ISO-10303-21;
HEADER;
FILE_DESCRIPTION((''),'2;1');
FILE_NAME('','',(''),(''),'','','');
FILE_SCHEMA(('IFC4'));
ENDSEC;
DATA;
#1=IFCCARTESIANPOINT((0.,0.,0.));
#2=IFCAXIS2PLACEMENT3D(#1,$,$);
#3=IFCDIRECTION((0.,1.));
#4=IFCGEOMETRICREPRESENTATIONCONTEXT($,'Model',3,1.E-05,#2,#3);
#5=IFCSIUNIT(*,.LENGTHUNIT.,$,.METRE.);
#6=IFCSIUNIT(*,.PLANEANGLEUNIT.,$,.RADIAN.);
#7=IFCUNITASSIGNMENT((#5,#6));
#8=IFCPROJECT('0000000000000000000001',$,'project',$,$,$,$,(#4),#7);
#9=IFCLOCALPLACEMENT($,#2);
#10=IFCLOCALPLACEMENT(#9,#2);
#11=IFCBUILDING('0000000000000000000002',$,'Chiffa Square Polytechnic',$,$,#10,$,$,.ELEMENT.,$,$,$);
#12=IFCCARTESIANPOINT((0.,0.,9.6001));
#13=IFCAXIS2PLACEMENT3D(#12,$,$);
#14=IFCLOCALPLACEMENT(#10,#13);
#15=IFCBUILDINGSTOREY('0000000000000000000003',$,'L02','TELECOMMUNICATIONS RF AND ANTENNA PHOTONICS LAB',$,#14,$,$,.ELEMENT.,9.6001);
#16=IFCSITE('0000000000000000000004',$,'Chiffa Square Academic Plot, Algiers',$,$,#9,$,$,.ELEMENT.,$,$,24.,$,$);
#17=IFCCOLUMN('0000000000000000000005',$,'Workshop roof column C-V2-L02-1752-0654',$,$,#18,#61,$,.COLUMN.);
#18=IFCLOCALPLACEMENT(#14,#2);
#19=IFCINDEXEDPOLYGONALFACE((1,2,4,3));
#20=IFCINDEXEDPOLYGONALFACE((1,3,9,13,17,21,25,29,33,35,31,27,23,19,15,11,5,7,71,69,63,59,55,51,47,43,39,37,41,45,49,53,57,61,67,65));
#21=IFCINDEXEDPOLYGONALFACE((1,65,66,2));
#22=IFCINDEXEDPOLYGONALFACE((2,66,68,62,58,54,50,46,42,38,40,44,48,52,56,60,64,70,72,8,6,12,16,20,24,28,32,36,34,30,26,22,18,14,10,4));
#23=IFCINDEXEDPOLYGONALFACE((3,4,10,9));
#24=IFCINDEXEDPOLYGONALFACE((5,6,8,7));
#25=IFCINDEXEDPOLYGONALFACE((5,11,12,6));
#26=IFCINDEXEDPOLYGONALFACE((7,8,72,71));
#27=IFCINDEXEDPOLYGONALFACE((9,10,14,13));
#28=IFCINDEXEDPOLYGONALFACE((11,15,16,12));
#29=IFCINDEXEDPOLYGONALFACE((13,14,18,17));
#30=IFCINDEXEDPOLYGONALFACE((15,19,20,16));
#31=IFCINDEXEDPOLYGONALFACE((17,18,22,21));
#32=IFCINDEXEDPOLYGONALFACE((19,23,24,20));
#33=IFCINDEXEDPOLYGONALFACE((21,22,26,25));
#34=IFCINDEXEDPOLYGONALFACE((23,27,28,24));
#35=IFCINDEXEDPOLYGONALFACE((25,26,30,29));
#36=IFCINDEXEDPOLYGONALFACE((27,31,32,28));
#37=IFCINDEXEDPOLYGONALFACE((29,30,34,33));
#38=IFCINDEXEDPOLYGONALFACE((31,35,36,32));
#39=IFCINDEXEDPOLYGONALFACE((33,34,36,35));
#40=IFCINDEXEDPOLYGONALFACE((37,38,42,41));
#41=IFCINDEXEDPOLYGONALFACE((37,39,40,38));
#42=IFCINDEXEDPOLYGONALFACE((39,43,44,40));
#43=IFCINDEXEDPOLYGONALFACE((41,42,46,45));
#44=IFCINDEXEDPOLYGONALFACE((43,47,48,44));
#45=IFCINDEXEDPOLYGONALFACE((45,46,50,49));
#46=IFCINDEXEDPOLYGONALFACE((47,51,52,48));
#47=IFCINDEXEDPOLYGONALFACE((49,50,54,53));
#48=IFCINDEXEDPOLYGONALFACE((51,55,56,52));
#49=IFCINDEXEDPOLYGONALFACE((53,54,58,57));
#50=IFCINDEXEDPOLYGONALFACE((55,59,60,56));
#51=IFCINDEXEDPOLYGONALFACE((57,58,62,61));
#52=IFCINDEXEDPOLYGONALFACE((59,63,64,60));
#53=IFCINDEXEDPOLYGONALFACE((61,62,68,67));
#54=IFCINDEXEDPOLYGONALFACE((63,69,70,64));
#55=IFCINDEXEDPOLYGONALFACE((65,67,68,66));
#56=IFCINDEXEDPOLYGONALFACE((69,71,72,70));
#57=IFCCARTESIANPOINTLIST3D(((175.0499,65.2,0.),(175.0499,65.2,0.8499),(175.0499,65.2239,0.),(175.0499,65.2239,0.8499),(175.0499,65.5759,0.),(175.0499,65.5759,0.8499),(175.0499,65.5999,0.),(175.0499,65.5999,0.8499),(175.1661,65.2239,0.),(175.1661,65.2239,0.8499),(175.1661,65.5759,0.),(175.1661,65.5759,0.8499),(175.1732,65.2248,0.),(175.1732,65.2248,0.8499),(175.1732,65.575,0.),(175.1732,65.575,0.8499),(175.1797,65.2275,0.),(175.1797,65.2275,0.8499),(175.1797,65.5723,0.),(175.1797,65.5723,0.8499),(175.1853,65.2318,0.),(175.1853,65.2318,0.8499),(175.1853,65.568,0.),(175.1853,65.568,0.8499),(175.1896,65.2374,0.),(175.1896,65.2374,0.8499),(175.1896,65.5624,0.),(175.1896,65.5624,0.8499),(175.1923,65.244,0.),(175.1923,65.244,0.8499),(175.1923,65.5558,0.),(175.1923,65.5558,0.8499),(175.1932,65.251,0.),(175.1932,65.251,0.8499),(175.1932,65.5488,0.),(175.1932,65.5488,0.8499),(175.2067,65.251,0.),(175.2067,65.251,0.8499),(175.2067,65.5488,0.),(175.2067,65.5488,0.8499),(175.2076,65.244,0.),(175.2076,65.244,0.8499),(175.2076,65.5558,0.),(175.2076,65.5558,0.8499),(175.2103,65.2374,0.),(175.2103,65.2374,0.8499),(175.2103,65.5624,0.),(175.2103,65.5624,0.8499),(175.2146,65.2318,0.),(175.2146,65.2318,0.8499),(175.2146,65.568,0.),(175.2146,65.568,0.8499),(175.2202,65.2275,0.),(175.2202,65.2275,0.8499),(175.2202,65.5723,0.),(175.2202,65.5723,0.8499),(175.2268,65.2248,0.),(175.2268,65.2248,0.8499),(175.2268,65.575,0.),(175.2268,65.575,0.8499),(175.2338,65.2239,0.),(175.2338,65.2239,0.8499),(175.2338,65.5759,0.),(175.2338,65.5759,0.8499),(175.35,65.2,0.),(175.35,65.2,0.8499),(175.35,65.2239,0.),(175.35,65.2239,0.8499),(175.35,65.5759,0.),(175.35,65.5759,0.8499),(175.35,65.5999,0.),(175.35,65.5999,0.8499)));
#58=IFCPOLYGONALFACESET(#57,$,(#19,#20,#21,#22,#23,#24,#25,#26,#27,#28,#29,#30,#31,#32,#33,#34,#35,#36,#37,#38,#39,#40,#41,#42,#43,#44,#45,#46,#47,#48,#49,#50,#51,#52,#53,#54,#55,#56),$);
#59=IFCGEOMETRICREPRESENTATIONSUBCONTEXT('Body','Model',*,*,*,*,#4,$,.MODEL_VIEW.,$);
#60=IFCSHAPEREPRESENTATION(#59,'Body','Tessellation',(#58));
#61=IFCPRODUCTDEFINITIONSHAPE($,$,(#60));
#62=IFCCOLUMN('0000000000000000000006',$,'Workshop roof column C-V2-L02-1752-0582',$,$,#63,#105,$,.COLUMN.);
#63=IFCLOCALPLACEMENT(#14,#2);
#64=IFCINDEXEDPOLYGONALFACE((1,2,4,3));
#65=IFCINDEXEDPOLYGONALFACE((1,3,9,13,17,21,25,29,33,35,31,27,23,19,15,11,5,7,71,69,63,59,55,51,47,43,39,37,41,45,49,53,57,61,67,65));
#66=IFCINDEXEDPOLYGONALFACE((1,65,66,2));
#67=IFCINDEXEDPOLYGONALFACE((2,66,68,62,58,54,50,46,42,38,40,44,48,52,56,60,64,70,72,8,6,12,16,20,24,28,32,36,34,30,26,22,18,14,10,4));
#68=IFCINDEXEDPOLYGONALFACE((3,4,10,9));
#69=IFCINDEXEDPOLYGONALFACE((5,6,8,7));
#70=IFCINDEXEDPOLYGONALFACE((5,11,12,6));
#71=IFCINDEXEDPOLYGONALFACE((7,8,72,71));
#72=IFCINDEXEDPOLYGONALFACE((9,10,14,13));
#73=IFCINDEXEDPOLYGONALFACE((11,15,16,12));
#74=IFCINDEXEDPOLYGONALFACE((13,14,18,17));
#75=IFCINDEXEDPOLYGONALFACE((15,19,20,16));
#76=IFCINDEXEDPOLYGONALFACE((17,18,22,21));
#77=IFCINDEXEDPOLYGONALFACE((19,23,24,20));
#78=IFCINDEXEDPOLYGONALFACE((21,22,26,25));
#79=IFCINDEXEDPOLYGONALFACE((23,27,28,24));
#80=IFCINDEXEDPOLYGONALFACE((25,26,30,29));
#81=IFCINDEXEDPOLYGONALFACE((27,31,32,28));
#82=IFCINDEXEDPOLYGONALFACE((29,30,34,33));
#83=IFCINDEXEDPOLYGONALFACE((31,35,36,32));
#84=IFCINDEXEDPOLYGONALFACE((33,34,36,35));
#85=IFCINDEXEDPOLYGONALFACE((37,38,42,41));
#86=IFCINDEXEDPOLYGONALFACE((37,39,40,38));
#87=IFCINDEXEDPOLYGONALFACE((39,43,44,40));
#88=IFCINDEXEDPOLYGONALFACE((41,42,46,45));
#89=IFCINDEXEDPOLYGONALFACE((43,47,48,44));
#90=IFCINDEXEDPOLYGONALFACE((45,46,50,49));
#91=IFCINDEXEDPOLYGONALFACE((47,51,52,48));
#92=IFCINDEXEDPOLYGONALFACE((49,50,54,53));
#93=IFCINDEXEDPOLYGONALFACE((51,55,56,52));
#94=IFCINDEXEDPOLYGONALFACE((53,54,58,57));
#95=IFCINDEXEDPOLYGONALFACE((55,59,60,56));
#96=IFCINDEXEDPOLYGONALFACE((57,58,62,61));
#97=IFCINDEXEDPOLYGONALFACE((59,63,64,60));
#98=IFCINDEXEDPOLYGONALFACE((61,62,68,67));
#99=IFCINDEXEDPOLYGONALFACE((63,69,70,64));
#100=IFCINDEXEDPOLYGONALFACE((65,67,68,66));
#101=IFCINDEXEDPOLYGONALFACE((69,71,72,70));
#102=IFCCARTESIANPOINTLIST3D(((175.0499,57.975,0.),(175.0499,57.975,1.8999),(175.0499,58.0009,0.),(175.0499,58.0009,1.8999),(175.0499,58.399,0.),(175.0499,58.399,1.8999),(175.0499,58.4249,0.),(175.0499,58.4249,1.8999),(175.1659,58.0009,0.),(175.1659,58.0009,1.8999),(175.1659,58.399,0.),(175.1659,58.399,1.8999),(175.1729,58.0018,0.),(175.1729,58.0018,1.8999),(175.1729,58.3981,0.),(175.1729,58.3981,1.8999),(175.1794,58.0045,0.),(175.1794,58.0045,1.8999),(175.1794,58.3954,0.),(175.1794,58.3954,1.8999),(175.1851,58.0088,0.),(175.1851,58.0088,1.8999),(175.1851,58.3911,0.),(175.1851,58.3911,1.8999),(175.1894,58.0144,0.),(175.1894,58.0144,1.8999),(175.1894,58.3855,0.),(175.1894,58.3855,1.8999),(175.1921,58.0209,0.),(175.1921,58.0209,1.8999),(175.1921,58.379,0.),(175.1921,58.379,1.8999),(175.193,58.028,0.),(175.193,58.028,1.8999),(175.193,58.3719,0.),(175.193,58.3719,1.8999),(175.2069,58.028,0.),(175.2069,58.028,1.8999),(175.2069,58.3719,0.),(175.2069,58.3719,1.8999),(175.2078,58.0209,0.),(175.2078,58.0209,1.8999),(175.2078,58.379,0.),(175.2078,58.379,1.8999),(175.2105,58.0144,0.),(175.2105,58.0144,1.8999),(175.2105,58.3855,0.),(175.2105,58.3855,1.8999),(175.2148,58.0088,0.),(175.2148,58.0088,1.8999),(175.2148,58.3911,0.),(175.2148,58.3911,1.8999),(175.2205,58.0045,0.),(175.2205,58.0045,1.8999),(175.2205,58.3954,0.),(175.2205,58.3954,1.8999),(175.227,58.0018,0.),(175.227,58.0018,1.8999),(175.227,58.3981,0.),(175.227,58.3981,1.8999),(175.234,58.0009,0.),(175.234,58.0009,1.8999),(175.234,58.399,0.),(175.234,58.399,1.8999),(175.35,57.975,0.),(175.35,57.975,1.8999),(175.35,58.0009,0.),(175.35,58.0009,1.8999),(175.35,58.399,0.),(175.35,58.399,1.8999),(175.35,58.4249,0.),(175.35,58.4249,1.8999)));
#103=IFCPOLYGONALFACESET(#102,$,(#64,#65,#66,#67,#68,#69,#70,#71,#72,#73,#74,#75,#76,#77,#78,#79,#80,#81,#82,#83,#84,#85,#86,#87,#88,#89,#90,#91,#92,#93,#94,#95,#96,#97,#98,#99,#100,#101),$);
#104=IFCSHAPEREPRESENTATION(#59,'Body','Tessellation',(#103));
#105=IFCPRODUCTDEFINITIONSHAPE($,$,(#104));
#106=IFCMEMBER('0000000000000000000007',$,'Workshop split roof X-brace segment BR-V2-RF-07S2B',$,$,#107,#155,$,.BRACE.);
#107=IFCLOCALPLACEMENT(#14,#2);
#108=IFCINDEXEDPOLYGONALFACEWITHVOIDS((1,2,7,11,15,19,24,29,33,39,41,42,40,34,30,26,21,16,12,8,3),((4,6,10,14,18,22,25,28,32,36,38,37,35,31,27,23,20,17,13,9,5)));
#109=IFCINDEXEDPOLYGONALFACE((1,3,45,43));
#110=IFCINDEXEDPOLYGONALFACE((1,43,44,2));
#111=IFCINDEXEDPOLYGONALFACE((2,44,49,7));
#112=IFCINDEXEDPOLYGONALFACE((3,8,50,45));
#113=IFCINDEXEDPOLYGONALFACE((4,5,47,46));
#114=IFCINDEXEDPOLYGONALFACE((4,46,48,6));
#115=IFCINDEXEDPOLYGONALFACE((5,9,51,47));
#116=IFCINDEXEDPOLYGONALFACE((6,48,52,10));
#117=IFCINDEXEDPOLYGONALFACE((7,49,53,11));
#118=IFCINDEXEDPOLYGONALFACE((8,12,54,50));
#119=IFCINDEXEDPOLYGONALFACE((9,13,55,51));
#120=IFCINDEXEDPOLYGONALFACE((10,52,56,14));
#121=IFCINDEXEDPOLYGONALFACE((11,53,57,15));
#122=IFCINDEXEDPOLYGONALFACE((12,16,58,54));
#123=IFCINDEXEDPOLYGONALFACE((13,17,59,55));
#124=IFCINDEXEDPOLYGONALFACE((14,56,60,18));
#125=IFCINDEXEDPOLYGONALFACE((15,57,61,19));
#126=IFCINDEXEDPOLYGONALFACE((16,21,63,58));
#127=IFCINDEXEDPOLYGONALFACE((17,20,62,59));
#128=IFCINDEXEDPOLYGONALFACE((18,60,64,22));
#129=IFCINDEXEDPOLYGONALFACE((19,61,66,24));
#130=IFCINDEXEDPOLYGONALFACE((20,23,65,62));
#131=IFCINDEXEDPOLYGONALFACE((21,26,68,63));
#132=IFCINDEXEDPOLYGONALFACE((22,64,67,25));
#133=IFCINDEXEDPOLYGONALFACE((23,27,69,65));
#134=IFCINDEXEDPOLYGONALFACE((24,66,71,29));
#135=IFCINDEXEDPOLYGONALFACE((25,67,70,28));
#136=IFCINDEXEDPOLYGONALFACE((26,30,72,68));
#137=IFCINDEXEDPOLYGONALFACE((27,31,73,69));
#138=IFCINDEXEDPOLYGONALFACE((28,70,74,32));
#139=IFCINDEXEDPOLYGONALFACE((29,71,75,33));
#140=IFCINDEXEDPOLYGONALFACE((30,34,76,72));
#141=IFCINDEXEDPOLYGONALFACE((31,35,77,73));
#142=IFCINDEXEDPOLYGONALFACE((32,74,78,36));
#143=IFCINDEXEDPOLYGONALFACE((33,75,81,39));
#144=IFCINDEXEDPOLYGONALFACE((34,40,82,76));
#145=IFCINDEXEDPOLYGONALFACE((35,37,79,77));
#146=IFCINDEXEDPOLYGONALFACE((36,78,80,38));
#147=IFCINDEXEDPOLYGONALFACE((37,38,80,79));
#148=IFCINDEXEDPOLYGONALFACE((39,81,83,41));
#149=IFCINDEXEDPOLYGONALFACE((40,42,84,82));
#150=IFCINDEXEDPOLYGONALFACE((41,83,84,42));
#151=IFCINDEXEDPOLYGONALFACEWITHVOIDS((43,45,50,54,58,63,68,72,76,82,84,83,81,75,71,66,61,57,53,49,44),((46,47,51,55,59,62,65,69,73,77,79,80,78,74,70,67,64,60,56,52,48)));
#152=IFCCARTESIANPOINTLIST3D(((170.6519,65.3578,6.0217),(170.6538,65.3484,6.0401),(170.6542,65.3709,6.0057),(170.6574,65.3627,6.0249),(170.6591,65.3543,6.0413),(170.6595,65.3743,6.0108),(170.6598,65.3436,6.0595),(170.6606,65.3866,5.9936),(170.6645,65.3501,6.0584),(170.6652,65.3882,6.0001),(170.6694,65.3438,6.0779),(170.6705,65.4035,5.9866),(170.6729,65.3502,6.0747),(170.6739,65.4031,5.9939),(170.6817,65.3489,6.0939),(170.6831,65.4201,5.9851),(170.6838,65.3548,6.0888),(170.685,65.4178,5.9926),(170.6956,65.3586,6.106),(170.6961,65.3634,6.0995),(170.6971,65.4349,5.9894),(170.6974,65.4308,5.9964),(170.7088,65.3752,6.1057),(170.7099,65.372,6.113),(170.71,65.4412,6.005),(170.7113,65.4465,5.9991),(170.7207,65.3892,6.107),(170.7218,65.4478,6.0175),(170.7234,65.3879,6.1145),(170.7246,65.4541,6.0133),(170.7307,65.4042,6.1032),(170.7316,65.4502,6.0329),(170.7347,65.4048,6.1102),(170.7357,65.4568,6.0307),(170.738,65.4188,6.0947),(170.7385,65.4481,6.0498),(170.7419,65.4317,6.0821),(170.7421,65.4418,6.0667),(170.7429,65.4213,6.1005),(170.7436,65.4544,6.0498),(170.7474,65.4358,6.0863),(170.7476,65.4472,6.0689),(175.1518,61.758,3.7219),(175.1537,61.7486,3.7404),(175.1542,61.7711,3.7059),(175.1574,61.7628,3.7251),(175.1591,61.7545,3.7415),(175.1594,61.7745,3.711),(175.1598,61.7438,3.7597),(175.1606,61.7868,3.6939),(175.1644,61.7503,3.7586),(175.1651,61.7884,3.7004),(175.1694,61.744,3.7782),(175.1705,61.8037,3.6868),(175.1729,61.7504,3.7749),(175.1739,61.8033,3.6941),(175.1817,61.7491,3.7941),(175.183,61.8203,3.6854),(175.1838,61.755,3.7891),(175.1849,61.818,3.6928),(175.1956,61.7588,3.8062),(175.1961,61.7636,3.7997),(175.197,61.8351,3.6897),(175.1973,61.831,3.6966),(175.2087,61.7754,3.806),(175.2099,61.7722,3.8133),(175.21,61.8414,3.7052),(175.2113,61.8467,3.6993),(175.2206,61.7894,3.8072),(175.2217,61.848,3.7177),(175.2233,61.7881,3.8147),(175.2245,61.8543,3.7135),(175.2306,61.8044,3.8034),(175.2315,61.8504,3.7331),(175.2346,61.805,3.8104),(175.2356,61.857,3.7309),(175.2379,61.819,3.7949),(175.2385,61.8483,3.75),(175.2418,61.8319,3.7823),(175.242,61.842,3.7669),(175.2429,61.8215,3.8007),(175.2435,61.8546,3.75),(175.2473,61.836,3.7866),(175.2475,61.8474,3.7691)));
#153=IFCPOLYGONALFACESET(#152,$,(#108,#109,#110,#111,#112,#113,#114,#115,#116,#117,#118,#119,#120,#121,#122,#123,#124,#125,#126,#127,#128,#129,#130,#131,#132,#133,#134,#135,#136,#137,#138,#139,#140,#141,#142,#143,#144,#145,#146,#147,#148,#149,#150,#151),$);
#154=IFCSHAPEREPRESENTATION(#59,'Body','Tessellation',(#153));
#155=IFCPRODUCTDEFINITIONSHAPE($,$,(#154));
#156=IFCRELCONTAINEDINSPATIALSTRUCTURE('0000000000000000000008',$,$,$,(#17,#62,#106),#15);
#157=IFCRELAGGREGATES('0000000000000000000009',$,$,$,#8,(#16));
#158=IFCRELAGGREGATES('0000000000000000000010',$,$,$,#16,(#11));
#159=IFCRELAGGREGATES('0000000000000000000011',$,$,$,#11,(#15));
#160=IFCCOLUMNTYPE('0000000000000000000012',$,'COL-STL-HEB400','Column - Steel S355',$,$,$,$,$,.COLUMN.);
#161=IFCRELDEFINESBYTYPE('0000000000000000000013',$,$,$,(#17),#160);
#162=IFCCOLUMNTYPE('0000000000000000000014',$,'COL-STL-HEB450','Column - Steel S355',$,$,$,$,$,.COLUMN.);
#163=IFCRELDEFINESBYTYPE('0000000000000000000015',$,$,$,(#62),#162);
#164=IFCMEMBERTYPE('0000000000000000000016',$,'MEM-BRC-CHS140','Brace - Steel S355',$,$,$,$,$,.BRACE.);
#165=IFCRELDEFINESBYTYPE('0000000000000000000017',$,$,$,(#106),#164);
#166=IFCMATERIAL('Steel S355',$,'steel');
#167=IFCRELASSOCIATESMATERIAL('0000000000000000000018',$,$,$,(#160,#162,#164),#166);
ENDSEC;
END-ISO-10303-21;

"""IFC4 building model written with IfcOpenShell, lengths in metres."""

from ifc_helpers import new_model, si_unit, direction, frame, origin, origin_2d, place, context, subcontext, project, spatial, hollow_circle, i_section, extrude, material, material_profile, profile_set, type_object, element, save


model = new_model("IFC4")

# Units and contexts
model_context = context("Model", 3, precision=1e-05, world=origin(), true_north=direction((0.0, 1.0)))
body_context = subcontext(model_context, "Body", "Model", "MODEL_VIEW")
ifc_project = project(units=[si_unit("LENGTHUNIT", "METRE"), si_unit("PLANEANGLEUNIT", "RADIAN")], contexts=[model_context])

# Site, building, storey
site_placement = place(None, origin())
site = spatial("IfcSite", under=ifc_project, at=site_placement, Name="Chiffa Square Academic Plot, Algiers", CompositionType="ELEMENT", RefElevation=24.0)
building_placement = place(site_placement, origin())
building = spatial("IfcBuilding", under=site, at=building_placement, Name="Chiffa Square Polytechnic", CompositionType="ELEMENT")
storey_placement = place(building_placement, frame((0.0, 0.0, 9.6001)))
storey = spatial("IfcBuildingStorey", under=building, at=storey_placement, Name="L02", Description="TELECOMMUNICATIONS RF AND ANTENNA PHOTONICS LAB", CompositionType="ELEMENT", Elevation=9.6001)

# Columns
ifc_material_1 = material(Name="Steel S355", Category="steel")
ifc_material_profile_1 = material_profile(ifc_material_1, i_section(OverallWidth=0.3, OverallDepth=0.3999, WebThickness=0.0134, FlangeThickness=0.0239, FilletRadius=0.0271, at=origin_2d()), Name="HEB 400")
ifc_profile_set_1 = profile_set([ifc_material_profile_1], Name="Steel S355")
column_type_1 = type_object("IfcColumnType", Name="COL-STL-HEB400", Description="Column - Steel S355", PredefinedType="COLUMN", material=ifc_profile_set_1)
column_1_placement = place(storey_placement, frame((175.2, 65.3999, 0.0), z_axis=(0.0, 0.0, 1.0), x_axis=(1.0, 0.0, 0.0)))
element("IfcColumn", 1, at=column_1_placement, inside=storey, type_object=column_type_1, Name="Workshop roof column C-V2-L02-1752-0654", PredefinedType="COLUMN", context=body_context, shape_type="SweptSolid", body=[
    extrude(i_section(OverallWidth=0.3, OverallDepth=0.3999, WebThickness=0.0134, FlangeThickness=0.0239, FilletRadius=0.0271, at=origin_2d()), origin(), (0.0, 0.0, 1.0), 0.8499),
])
ifc_material_profile_2 = material_profile(ifc_material_1, i_section(OverallWidth=0.3, OverallDepth=0.45, WebThickness=0.0139, FlangeThickness=0.0259, FilletRadius=0.0271, at=origin_2d()), Name="HEB 450")
ifc_profile_set_2 = profile_set([ifc_material_profile_2], Name="Steel S355")
column_type_2 = type_object("IfcColumnType", Name="COL-STL-HEB450", Description="Column - Steel S355", PredefinedType="COLUMN", material=ifc_profile_set_2)
column_2_placement = place(storey_placement, frame((175.2, 58.2, 0.0), z_axis=(0.0, 0.0, 1.0), x_axis=(1.0, 0.0, 0.0)))
element("IfcColumn", 2, at=column_2_placement, inside=storey, type_object=column_type_2, Name="Workshop roof column C-V2-L02-1752-0582", PredefinedType="COLUMN", context=body_context, shape_type="SweptSolid", body=[
    extrude(i_section(OverallWidth=0.3, OverallDepth=0.45, WebThickness=0.0139, FlangeThickness=0.0259, FilletRadius=0.0271, at=origin_2d()), origin(), (0.0, 0.0, 1.0), 1.8999),
])

# Member
ifc_material_profile_3 = material_profile(ifc_material_1, hollow_circle(Radius=0.0698, WallThickness=0.0081, at=origin_2d()), Name="CHS 139.7x8")
ifc_profile_set_3 = profile_set([ifc_material_profile_3], Name="Steel S355")
member_type_1 = type_object("IfcMemberType", Name="MEM-BRC-CHS140", Description="Brace - Steel S355", PredefinedType="BRACE", material=ifc_profile_set_3)
member_1_placement = place(storey_placement, frame((170.7, 65.3999, 6.0498), z_axis=(0.725259, -0.580184, -0.370656), x_axis=(0.62468, 0.780881, 0.0)))
element("IfcMember", 3, at=member_1_placement, inside=storey, type_object=member_type_1, Name="Workshop split roof X-brace segment BR-V2-RF-07S2B", PredefinedType="BRACE", context=body_context, shape_type="SweptSolid", body=[
    extrude(hollow_circle(Radius=0.0698, WallThickness=0.0081, at=origin_2d()), origin(), (0.0, 0.0, 1.0), 6.2046),
])

save(model, "model.ifc")
